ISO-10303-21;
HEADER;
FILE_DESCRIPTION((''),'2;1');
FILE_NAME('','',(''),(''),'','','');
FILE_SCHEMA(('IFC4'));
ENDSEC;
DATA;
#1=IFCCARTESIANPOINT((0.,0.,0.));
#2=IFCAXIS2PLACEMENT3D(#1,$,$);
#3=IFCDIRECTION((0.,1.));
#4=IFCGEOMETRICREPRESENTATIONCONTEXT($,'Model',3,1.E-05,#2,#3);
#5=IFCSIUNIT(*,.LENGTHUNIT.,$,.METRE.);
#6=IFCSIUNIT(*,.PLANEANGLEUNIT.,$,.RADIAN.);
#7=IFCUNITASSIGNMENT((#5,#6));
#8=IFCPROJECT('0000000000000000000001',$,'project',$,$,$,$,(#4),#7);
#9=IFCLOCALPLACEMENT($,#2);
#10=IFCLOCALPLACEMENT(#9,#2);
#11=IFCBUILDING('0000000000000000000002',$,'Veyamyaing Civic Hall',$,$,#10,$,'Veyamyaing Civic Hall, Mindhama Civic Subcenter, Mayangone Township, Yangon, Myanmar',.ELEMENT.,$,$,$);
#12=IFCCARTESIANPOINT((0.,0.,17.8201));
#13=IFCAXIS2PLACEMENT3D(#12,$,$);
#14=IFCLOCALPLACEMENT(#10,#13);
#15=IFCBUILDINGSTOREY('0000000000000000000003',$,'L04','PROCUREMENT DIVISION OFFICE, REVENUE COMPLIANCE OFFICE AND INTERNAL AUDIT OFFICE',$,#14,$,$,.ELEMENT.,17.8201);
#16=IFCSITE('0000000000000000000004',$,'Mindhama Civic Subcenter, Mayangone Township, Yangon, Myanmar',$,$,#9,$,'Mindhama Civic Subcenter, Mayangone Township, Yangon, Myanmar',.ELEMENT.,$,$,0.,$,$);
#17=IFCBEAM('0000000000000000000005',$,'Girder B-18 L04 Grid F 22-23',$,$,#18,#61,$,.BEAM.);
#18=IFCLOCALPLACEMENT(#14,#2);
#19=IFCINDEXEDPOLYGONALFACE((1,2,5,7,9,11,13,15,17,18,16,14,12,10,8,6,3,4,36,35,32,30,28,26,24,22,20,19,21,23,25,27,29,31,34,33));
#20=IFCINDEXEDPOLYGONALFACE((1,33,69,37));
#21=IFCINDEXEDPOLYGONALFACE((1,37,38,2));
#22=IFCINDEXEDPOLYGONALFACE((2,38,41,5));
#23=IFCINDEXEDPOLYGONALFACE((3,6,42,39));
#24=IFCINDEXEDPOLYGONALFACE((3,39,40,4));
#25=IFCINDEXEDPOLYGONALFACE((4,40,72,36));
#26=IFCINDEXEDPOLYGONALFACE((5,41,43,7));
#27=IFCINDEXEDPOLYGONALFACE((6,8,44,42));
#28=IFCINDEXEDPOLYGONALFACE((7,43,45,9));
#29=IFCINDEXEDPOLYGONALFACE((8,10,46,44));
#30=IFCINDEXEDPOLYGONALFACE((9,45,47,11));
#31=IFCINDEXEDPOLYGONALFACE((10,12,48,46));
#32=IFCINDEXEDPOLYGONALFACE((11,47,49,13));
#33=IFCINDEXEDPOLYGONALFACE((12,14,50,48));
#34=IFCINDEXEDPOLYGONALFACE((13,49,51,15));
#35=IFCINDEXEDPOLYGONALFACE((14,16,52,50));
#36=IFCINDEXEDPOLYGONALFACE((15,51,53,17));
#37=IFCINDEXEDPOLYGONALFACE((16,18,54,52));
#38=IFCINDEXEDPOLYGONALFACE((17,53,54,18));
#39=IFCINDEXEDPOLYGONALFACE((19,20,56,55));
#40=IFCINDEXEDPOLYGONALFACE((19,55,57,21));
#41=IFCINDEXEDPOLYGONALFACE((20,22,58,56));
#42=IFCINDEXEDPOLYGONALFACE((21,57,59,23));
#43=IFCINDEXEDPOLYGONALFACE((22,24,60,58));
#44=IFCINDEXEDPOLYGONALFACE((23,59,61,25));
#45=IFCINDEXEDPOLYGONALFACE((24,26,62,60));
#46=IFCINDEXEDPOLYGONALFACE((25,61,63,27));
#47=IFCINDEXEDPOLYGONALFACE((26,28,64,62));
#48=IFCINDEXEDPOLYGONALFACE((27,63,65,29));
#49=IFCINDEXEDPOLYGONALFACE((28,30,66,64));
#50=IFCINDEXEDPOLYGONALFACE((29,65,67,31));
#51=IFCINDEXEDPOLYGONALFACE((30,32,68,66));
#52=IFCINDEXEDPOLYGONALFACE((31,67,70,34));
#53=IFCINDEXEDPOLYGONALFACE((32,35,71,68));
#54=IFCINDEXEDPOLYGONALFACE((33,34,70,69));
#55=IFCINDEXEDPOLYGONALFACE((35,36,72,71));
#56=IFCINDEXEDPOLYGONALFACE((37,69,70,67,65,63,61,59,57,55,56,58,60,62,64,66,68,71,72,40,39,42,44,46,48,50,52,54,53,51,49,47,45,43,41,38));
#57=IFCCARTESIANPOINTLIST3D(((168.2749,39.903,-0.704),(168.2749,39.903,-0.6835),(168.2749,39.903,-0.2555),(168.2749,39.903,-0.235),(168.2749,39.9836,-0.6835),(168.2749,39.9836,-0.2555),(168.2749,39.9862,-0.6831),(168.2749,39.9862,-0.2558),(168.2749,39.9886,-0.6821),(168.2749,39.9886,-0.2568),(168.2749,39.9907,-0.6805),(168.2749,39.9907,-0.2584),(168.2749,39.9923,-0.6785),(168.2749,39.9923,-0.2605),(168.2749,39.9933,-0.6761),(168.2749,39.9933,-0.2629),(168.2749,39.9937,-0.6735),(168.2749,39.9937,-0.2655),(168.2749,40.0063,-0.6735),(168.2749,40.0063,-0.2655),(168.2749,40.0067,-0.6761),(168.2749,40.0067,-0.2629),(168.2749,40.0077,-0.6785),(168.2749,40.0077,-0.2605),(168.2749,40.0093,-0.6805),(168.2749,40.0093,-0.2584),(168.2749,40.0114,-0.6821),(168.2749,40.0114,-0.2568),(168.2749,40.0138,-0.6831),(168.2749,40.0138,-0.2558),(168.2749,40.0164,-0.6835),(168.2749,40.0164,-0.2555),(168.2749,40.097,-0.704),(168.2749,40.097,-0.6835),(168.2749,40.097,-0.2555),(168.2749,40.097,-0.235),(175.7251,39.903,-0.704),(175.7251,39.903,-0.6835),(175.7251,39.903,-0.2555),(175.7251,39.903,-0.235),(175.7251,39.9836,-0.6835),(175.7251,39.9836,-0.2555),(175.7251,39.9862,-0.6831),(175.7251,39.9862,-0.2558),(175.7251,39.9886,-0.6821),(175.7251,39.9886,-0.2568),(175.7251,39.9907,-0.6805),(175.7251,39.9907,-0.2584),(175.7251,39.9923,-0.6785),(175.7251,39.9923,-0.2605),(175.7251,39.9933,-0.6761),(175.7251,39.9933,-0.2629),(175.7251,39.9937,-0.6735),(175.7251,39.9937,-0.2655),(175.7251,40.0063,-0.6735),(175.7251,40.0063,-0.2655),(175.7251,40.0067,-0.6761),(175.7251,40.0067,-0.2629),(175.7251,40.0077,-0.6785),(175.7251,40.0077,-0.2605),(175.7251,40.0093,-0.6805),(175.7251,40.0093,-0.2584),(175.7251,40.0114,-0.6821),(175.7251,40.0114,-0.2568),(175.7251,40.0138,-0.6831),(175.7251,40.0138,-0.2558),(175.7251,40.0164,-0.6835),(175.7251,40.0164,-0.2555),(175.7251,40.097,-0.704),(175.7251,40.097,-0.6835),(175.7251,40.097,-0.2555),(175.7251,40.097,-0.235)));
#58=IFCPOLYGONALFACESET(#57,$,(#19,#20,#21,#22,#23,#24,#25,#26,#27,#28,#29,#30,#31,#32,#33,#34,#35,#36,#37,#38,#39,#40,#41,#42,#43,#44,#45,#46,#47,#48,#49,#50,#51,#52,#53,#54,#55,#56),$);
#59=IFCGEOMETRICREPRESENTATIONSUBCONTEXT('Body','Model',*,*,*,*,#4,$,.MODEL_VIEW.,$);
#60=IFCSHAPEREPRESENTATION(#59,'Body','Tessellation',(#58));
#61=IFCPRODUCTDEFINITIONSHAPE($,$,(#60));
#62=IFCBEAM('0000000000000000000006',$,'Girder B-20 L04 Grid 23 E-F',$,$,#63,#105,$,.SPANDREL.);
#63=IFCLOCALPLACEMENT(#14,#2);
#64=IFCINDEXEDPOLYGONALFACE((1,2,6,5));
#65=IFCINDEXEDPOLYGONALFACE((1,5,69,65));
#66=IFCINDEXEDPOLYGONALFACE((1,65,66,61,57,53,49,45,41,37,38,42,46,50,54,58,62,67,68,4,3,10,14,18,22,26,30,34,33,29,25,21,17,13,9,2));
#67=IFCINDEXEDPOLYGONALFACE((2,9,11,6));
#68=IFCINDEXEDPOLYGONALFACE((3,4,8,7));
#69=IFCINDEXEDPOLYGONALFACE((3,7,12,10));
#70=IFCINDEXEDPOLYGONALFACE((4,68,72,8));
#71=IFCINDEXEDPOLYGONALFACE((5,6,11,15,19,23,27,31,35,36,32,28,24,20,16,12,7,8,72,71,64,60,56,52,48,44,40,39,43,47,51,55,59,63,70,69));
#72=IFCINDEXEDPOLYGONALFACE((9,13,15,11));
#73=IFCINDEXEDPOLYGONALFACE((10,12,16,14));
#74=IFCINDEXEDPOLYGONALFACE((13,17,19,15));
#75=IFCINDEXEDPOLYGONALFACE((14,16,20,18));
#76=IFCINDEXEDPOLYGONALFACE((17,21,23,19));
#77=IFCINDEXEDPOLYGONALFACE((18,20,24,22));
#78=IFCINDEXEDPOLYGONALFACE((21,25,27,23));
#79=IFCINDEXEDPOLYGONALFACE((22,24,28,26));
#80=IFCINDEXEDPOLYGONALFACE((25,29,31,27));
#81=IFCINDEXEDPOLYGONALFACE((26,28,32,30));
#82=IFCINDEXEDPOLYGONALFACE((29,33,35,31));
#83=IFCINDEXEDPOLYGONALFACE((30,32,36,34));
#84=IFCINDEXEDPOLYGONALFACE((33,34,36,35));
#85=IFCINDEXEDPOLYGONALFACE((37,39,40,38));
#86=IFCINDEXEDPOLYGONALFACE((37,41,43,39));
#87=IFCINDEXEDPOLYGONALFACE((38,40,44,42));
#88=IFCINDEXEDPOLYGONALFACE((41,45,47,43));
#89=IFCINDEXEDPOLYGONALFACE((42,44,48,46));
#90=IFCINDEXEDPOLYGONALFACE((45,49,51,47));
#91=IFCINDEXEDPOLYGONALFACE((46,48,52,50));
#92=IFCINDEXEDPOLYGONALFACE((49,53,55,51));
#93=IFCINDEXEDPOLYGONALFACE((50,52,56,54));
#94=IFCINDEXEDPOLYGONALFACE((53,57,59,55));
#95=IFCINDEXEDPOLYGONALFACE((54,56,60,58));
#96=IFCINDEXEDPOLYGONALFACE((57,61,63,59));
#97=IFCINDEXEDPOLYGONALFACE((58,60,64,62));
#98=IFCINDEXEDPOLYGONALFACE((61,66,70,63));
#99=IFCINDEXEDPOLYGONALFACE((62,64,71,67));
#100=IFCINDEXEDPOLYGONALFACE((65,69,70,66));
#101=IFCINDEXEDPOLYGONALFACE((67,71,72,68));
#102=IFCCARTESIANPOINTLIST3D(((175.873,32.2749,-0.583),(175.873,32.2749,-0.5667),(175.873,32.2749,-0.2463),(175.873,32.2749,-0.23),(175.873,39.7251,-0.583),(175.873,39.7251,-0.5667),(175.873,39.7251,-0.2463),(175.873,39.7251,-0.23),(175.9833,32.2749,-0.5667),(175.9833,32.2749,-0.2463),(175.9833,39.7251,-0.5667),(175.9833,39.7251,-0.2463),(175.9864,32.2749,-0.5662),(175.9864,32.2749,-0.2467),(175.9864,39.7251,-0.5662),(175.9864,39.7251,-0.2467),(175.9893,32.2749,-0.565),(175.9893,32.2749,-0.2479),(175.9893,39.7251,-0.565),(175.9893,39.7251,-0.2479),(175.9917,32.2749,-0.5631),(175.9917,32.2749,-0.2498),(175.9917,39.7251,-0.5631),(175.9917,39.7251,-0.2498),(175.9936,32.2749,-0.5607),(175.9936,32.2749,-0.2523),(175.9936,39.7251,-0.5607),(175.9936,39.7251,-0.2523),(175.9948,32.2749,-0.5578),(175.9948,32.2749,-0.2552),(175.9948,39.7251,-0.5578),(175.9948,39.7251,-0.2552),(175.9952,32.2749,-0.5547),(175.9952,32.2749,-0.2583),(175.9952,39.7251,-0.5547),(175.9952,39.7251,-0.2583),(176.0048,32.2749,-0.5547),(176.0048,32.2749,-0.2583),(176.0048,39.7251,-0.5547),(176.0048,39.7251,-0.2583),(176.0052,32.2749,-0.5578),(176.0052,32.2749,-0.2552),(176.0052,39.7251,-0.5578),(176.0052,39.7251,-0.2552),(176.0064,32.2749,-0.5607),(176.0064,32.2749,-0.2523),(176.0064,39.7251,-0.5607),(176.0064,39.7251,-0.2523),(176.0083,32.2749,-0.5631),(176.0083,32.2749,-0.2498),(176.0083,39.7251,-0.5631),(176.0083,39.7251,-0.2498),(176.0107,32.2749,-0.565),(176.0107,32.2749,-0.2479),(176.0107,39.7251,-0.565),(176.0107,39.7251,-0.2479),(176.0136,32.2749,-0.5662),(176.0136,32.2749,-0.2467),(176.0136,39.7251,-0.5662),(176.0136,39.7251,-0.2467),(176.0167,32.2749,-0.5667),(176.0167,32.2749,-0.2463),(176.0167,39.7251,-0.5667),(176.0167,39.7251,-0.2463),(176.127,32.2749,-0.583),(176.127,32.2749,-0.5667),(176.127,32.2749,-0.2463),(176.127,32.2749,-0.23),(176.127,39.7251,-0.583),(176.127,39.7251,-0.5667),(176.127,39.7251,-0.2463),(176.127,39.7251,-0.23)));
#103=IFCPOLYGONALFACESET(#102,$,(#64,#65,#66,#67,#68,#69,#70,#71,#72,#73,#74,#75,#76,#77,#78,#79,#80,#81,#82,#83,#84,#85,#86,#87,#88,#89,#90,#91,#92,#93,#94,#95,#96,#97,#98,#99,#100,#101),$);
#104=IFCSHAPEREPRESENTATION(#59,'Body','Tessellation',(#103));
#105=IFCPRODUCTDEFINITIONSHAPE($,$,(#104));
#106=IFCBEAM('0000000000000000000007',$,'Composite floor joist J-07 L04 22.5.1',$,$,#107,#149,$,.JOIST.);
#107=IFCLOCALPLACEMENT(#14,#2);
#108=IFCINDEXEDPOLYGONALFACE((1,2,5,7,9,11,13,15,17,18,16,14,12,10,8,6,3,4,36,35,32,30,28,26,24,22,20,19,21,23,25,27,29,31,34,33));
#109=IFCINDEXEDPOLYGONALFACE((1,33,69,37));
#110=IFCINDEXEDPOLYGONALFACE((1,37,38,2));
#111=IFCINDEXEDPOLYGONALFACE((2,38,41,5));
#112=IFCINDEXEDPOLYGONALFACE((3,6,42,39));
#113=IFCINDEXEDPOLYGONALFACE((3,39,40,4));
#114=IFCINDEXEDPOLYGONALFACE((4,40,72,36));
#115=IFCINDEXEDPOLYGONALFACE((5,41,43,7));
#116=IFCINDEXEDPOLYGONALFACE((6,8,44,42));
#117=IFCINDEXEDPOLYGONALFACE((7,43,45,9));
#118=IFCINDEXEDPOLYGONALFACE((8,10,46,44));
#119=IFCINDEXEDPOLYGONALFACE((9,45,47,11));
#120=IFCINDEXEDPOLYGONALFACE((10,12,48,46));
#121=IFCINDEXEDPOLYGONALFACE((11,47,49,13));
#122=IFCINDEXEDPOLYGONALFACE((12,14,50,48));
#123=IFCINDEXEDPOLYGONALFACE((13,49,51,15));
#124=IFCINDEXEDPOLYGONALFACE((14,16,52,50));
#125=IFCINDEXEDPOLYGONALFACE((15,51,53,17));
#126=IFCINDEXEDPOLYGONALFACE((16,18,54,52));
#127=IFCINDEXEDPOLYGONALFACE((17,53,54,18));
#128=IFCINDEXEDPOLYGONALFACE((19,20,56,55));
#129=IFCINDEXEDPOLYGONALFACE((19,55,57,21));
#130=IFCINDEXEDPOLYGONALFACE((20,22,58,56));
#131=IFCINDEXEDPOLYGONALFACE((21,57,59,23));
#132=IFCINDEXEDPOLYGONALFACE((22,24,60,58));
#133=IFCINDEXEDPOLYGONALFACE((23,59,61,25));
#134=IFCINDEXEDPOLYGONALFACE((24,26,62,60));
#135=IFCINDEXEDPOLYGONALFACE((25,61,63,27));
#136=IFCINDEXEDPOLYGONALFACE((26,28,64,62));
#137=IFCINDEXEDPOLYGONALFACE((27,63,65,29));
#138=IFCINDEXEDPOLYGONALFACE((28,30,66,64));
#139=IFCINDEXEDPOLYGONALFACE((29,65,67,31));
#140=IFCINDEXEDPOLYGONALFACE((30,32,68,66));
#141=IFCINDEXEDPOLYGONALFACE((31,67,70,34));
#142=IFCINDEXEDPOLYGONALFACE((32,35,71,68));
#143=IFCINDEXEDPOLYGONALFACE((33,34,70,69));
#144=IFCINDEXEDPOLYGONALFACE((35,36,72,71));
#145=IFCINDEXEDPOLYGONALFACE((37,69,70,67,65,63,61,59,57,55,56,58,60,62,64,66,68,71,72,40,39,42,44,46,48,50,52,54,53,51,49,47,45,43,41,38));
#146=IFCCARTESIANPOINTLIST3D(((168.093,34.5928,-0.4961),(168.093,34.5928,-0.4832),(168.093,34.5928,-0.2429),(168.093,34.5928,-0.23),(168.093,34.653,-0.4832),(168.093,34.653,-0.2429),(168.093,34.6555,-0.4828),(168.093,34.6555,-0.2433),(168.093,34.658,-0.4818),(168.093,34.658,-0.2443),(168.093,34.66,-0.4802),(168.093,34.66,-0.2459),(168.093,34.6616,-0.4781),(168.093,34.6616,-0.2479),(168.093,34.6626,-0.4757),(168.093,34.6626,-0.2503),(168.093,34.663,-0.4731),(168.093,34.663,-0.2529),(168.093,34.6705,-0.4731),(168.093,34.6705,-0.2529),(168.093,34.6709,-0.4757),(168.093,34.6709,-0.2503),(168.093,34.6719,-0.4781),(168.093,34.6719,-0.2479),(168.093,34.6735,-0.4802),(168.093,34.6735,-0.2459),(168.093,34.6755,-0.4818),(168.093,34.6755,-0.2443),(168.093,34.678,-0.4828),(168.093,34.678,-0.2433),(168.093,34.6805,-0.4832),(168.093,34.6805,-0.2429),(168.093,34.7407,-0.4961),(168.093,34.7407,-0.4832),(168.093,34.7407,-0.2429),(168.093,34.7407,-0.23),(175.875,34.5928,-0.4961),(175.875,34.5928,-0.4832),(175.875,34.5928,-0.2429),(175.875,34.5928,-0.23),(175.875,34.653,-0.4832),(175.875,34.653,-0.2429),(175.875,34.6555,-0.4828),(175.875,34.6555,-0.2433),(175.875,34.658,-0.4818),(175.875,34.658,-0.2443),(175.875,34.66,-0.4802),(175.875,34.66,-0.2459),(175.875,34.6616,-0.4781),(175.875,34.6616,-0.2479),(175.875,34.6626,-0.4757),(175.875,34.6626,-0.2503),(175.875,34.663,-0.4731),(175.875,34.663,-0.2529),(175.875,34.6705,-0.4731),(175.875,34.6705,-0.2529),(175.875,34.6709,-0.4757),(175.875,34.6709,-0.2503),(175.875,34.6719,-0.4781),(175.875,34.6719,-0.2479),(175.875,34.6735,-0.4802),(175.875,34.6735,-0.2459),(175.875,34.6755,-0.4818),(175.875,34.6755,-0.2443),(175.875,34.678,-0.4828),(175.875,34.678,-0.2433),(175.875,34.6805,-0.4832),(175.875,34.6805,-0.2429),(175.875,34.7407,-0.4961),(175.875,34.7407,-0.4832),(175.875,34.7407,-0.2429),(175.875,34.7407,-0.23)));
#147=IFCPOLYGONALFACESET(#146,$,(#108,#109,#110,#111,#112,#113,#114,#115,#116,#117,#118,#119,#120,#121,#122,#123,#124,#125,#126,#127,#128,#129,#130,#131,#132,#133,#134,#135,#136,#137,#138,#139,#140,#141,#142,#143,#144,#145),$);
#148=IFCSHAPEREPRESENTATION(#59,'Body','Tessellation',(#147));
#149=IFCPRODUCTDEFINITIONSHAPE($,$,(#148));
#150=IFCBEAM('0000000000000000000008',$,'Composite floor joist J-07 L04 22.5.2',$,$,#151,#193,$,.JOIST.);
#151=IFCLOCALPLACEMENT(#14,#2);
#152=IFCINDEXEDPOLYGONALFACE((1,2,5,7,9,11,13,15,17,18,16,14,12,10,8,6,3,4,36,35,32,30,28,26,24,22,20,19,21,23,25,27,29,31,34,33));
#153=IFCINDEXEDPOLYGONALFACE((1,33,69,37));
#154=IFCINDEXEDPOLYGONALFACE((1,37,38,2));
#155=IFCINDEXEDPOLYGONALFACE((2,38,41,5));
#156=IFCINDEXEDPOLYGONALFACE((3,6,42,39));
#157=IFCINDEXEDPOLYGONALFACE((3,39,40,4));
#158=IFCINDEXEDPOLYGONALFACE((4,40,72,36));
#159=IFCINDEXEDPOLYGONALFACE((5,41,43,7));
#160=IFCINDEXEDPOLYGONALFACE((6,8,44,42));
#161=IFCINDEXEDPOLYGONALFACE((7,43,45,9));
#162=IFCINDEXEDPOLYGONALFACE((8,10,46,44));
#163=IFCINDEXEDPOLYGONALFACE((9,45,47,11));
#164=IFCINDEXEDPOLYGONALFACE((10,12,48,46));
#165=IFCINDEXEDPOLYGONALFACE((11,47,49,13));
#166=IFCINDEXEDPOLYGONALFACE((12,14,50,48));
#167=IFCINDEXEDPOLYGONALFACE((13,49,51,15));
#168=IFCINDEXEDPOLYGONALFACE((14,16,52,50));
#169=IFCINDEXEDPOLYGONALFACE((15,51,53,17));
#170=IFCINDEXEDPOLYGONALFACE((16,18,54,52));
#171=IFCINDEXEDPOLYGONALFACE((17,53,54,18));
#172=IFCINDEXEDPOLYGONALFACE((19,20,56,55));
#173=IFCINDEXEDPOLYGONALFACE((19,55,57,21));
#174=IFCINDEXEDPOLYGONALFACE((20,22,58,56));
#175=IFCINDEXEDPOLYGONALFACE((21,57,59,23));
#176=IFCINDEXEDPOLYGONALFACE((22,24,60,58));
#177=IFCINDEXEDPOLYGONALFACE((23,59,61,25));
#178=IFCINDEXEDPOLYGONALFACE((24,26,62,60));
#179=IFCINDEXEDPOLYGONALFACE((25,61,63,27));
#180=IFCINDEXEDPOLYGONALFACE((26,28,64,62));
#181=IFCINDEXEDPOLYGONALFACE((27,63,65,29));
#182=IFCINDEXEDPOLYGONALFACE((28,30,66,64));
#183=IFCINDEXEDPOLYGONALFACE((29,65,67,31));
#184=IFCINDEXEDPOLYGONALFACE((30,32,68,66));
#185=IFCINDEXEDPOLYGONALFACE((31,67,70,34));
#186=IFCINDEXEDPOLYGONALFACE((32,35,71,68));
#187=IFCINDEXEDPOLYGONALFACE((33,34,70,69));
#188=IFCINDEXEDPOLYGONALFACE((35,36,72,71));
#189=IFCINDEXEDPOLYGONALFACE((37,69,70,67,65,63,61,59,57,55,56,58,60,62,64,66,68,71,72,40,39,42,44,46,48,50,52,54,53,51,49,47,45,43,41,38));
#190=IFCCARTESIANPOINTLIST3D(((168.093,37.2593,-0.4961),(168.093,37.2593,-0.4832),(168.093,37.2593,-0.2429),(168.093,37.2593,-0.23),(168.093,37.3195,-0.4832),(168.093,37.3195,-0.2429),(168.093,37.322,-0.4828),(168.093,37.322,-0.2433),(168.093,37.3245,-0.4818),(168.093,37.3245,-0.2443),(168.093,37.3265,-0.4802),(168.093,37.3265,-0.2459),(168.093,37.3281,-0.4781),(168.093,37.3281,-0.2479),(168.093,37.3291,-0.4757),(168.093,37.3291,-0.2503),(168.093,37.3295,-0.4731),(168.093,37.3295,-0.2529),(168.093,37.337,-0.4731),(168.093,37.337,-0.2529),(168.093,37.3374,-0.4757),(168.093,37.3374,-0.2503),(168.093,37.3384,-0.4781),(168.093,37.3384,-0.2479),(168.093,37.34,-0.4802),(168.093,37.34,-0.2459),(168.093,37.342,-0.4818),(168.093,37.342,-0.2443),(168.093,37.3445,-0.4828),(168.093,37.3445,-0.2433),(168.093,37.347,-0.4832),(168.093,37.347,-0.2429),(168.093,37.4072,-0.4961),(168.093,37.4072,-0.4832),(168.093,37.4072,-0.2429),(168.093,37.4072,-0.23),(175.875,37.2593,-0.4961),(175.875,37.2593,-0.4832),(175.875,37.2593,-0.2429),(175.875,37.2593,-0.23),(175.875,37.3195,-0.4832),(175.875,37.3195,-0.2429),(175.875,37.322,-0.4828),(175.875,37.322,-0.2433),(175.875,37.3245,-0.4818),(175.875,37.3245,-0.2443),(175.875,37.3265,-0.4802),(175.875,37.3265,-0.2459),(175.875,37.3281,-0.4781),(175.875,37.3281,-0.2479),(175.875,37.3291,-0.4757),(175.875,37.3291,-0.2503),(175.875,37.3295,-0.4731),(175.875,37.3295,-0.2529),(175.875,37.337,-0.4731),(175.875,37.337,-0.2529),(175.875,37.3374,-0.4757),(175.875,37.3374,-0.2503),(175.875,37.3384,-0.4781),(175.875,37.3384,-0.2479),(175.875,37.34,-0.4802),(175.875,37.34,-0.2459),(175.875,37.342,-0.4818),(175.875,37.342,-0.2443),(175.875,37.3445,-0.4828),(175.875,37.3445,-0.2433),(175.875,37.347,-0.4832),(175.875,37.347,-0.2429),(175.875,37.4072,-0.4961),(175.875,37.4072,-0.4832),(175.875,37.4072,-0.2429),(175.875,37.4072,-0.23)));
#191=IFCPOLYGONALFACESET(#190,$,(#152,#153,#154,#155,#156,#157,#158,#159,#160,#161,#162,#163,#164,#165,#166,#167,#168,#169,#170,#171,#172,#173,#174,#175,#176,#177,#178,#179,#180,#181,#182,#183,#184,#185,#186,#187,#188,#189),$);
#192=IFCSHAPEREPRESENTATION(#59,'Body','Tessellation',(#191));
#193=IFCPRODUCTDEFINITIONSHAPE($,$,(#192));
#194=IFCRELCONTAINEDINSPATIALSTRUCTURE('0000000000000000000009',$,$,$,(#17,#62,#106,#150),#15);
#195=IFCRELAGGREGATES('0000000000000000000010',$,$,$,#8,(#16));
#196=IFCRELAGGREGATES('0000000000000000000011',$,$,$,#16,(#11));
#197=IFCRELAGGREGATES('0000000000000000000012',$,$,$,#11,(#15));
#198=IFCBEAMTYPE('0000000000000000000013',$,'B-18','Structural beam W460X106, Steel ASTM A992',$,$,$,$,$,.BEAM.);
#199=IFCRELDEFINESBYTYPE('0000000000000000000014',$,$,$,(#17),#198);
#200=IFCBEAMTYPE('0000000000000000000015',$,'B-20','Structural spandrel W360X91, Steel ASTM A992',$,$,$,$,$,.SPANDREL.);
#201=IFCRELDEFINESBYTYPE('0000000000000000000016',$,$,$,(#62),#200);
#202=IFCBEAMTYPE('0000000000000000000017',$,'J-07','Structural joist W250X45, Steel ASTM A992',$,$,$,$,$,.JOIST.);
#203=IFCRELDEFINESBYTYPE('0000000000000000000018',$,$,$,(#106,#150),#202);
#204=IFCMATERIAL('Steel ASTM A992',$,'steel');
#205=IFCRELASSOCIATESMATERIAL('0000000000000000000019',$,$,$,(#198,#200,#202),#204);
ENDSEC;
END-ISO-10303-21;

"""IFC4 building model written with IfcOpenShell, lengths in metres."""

from ifc_helpers import new_model, si_unit, direction, frame, origin, origin_2d, place, context, subcontext, project, spatial, i_section, extrude, material, material_profile, profile_set, type_object, element, save


model = new_model("IFC4")

# Units and contexts
model_context = context("Model", 3, precision=1e-05, world=origin(), true_north=direction((0.0, 1.0)))
body_context = subcontext(model_context, "Body", "Model", "MODEL_VIEW")
ifc_project = project(units=[si_unit("LENGTHUNIT", "METRE"), si_unit("PLANEANGLEUNIT", "RADIAN")], contexts=[model_context])

# Site, building, storey
site_placement = place(None, origin())
site = spatial("IfcSite", under=ifc_project, at=site_placement, Name="Mindhama Civic Subcenter, Mayangone Township, Yangon, Myanmar", LongName="Mindhama Civic Subcenter, Mayangone Township, Yangon, Myanmar", CompositionType="ELEMENT", RefElevation=0.0)
building_placement = place(site_placement, origin())
building = spatial("IfcBuilding", under=site, at=building_placement, Name="Veyamyaing Civic Hall", LongName="Veyamyaing Civic Hall, Mindhama Civic Subcenter, Mayangone Township, Yangon, Myanmar", CompositionType="ELEMENT")
storey_placement = place(building_placement, frame((0.0, 0.0, 17.8201)))
storey = spatial("IfcBuildingStorey", under=building, at=storey_placement, Name="L04", Description="PROCUREMENT DIVISION OFFICE, REVENUE COMPLIANCE OFFICE AND INTERNAL AUDIT OFFICE", CompositionType="ELEMENT", Elevation=17.8201)

# Beams
ifc_material_1 = material(Name="Steel ASTM A992", Category="steel")
ifc_material_profile_1 = material_profile(ifc_material_1, i_section(OverallWidth=0.1941, OverallDepth=0.469, WebThickness=0.0127, FlangeThickness=0.0205, FilletRadius=0.01, at=origin_2d()), Name="W460X106")
ifc_profile_set_1 = profile_set([ifc_material_profile_1], Name="Steel ASTM A992")
beam_type_1 = type_object("IfcBeamType", Name="B-18", Description="Structural beam W460X106, Steel ASTM A992", PredefinedType="BEAM", material=ifc_profile_set_1)
beam_1_placement = place(storey_placement, frame((168.2749, 40.0, -0.4695), z_axis=(1.0, 0.0, 0.0), x_axis=(0.0, 1.0, 0.0)))
element("IfcBeam", 1, at=beam_1_placement, inside=storey, type_object=beam_type_1, Name="Girder B-18 L04 Grid F 22-23", PredefinedType="BEAM", context=body_context, shape_type="SweptSolid", body=[
    extrude(i_section(OverallWidth=0.1941, OverallDepth=0.469, WebThickness=0.0127, FlangeThickness=0.0205, FilletRadius=0.01, at=origin_2d()), origin(), (0.0, 0.0, 1.0), 7.4502),
])
ifc_material_profile_2 = material_profile(ifc_material_1, i_section(OverallWidth=0.2539, OverallDepth=0.353, WebThickness=0.0095, FlangeThickness=0.0164, FilletRadius=0.012, at=origin_2d()), Name="W360X91")
ifc_profile_set_2 = profile_set([ifc_material_profile_2], Name="Steel ASTM A992")
beam_type_2 = type_object("IfcBeamType", Name="B-20", Description="Structural spandrel W360X91, Steel ASTM A992", PredefinedType="SPANDREL", material=ifc_profile_set_2)
beam_2_placement = place(storey_placement, frame((176.0, 32.2749, -0.4065), z_axis=(0.0, 1.0, 0.0), x_axis=(-1.0, 0.0, 0.0)))
element("IfcBeam", 2, at=beam_2_placement, inside=storey, type_object=beam_type_2, Name="Girder B-20 L04 Grid 23 E-F", PredefinedType="SPANDREL", context=body_context, shape_type="SweptSolid", body=[
    extrude(i_section(OverallWidth=0.2539, OverallDepth=0.353, WebThickness=0.0095, FlangeThickness=0.0164, FilletRadius=0.012, at=origin_2d()), origin(), (0.0, 0.0, 1.0), 7.4502),
])
ifc_material_profile_3 = material_profile(ifc_material_1, i_section(OverallWidth=0.1479, OverallDepth=0.2661, WebThickness=0.0076, FlangeThickness=0.0129, FilletRadius=0.01, at=origin_2d()), Name="W250X45")
ifc_profile_set_3 = profile_set([ifc_material_profile_3], Name="Steel ASTM A992")
beam_type_3 = type_object("IfcBeamType", Name="J-07", Description="Structural joist W250X45, Steel ASTM A992", PredefinedType="JOIST", material=ifc_profile_set_3)
for number, where, z_axis, x_axis, name in (
    (3, (168.093, 34.6667, -0.363), (1.0, 0.0, 0.0), (0.0, 1.0, 0.0), "Composite floor joist J-07 L04 22.5.1"),
    (4, (168.093, 37.3333, -0.363), (1.0, 0.0, 0.0), (0.0, 1.0, 0.0), "Composite floor joist J-07 L04 22.5.2"),
):
    element("IfcBeam", number, at=place(storey_placement, frame(where, z_axis=z_axis, x_axis=x_axis)), inside=storey, type_object=beam_type_3, Name=name, PredefinedType="JOIST", context=body_context, shape_type="SweptSolid", body=[
        extrude(i_section(OverallWidth=0.1479, OverallDepth=0.2661, WebThickness=0.0076, FlangeThickness=0.0129, FilletRadius=0.01, at=origin_2d()), origin(), (0.0, 0.0, 1.0), 7.782),
    ])

save(model, "model.ifc")
